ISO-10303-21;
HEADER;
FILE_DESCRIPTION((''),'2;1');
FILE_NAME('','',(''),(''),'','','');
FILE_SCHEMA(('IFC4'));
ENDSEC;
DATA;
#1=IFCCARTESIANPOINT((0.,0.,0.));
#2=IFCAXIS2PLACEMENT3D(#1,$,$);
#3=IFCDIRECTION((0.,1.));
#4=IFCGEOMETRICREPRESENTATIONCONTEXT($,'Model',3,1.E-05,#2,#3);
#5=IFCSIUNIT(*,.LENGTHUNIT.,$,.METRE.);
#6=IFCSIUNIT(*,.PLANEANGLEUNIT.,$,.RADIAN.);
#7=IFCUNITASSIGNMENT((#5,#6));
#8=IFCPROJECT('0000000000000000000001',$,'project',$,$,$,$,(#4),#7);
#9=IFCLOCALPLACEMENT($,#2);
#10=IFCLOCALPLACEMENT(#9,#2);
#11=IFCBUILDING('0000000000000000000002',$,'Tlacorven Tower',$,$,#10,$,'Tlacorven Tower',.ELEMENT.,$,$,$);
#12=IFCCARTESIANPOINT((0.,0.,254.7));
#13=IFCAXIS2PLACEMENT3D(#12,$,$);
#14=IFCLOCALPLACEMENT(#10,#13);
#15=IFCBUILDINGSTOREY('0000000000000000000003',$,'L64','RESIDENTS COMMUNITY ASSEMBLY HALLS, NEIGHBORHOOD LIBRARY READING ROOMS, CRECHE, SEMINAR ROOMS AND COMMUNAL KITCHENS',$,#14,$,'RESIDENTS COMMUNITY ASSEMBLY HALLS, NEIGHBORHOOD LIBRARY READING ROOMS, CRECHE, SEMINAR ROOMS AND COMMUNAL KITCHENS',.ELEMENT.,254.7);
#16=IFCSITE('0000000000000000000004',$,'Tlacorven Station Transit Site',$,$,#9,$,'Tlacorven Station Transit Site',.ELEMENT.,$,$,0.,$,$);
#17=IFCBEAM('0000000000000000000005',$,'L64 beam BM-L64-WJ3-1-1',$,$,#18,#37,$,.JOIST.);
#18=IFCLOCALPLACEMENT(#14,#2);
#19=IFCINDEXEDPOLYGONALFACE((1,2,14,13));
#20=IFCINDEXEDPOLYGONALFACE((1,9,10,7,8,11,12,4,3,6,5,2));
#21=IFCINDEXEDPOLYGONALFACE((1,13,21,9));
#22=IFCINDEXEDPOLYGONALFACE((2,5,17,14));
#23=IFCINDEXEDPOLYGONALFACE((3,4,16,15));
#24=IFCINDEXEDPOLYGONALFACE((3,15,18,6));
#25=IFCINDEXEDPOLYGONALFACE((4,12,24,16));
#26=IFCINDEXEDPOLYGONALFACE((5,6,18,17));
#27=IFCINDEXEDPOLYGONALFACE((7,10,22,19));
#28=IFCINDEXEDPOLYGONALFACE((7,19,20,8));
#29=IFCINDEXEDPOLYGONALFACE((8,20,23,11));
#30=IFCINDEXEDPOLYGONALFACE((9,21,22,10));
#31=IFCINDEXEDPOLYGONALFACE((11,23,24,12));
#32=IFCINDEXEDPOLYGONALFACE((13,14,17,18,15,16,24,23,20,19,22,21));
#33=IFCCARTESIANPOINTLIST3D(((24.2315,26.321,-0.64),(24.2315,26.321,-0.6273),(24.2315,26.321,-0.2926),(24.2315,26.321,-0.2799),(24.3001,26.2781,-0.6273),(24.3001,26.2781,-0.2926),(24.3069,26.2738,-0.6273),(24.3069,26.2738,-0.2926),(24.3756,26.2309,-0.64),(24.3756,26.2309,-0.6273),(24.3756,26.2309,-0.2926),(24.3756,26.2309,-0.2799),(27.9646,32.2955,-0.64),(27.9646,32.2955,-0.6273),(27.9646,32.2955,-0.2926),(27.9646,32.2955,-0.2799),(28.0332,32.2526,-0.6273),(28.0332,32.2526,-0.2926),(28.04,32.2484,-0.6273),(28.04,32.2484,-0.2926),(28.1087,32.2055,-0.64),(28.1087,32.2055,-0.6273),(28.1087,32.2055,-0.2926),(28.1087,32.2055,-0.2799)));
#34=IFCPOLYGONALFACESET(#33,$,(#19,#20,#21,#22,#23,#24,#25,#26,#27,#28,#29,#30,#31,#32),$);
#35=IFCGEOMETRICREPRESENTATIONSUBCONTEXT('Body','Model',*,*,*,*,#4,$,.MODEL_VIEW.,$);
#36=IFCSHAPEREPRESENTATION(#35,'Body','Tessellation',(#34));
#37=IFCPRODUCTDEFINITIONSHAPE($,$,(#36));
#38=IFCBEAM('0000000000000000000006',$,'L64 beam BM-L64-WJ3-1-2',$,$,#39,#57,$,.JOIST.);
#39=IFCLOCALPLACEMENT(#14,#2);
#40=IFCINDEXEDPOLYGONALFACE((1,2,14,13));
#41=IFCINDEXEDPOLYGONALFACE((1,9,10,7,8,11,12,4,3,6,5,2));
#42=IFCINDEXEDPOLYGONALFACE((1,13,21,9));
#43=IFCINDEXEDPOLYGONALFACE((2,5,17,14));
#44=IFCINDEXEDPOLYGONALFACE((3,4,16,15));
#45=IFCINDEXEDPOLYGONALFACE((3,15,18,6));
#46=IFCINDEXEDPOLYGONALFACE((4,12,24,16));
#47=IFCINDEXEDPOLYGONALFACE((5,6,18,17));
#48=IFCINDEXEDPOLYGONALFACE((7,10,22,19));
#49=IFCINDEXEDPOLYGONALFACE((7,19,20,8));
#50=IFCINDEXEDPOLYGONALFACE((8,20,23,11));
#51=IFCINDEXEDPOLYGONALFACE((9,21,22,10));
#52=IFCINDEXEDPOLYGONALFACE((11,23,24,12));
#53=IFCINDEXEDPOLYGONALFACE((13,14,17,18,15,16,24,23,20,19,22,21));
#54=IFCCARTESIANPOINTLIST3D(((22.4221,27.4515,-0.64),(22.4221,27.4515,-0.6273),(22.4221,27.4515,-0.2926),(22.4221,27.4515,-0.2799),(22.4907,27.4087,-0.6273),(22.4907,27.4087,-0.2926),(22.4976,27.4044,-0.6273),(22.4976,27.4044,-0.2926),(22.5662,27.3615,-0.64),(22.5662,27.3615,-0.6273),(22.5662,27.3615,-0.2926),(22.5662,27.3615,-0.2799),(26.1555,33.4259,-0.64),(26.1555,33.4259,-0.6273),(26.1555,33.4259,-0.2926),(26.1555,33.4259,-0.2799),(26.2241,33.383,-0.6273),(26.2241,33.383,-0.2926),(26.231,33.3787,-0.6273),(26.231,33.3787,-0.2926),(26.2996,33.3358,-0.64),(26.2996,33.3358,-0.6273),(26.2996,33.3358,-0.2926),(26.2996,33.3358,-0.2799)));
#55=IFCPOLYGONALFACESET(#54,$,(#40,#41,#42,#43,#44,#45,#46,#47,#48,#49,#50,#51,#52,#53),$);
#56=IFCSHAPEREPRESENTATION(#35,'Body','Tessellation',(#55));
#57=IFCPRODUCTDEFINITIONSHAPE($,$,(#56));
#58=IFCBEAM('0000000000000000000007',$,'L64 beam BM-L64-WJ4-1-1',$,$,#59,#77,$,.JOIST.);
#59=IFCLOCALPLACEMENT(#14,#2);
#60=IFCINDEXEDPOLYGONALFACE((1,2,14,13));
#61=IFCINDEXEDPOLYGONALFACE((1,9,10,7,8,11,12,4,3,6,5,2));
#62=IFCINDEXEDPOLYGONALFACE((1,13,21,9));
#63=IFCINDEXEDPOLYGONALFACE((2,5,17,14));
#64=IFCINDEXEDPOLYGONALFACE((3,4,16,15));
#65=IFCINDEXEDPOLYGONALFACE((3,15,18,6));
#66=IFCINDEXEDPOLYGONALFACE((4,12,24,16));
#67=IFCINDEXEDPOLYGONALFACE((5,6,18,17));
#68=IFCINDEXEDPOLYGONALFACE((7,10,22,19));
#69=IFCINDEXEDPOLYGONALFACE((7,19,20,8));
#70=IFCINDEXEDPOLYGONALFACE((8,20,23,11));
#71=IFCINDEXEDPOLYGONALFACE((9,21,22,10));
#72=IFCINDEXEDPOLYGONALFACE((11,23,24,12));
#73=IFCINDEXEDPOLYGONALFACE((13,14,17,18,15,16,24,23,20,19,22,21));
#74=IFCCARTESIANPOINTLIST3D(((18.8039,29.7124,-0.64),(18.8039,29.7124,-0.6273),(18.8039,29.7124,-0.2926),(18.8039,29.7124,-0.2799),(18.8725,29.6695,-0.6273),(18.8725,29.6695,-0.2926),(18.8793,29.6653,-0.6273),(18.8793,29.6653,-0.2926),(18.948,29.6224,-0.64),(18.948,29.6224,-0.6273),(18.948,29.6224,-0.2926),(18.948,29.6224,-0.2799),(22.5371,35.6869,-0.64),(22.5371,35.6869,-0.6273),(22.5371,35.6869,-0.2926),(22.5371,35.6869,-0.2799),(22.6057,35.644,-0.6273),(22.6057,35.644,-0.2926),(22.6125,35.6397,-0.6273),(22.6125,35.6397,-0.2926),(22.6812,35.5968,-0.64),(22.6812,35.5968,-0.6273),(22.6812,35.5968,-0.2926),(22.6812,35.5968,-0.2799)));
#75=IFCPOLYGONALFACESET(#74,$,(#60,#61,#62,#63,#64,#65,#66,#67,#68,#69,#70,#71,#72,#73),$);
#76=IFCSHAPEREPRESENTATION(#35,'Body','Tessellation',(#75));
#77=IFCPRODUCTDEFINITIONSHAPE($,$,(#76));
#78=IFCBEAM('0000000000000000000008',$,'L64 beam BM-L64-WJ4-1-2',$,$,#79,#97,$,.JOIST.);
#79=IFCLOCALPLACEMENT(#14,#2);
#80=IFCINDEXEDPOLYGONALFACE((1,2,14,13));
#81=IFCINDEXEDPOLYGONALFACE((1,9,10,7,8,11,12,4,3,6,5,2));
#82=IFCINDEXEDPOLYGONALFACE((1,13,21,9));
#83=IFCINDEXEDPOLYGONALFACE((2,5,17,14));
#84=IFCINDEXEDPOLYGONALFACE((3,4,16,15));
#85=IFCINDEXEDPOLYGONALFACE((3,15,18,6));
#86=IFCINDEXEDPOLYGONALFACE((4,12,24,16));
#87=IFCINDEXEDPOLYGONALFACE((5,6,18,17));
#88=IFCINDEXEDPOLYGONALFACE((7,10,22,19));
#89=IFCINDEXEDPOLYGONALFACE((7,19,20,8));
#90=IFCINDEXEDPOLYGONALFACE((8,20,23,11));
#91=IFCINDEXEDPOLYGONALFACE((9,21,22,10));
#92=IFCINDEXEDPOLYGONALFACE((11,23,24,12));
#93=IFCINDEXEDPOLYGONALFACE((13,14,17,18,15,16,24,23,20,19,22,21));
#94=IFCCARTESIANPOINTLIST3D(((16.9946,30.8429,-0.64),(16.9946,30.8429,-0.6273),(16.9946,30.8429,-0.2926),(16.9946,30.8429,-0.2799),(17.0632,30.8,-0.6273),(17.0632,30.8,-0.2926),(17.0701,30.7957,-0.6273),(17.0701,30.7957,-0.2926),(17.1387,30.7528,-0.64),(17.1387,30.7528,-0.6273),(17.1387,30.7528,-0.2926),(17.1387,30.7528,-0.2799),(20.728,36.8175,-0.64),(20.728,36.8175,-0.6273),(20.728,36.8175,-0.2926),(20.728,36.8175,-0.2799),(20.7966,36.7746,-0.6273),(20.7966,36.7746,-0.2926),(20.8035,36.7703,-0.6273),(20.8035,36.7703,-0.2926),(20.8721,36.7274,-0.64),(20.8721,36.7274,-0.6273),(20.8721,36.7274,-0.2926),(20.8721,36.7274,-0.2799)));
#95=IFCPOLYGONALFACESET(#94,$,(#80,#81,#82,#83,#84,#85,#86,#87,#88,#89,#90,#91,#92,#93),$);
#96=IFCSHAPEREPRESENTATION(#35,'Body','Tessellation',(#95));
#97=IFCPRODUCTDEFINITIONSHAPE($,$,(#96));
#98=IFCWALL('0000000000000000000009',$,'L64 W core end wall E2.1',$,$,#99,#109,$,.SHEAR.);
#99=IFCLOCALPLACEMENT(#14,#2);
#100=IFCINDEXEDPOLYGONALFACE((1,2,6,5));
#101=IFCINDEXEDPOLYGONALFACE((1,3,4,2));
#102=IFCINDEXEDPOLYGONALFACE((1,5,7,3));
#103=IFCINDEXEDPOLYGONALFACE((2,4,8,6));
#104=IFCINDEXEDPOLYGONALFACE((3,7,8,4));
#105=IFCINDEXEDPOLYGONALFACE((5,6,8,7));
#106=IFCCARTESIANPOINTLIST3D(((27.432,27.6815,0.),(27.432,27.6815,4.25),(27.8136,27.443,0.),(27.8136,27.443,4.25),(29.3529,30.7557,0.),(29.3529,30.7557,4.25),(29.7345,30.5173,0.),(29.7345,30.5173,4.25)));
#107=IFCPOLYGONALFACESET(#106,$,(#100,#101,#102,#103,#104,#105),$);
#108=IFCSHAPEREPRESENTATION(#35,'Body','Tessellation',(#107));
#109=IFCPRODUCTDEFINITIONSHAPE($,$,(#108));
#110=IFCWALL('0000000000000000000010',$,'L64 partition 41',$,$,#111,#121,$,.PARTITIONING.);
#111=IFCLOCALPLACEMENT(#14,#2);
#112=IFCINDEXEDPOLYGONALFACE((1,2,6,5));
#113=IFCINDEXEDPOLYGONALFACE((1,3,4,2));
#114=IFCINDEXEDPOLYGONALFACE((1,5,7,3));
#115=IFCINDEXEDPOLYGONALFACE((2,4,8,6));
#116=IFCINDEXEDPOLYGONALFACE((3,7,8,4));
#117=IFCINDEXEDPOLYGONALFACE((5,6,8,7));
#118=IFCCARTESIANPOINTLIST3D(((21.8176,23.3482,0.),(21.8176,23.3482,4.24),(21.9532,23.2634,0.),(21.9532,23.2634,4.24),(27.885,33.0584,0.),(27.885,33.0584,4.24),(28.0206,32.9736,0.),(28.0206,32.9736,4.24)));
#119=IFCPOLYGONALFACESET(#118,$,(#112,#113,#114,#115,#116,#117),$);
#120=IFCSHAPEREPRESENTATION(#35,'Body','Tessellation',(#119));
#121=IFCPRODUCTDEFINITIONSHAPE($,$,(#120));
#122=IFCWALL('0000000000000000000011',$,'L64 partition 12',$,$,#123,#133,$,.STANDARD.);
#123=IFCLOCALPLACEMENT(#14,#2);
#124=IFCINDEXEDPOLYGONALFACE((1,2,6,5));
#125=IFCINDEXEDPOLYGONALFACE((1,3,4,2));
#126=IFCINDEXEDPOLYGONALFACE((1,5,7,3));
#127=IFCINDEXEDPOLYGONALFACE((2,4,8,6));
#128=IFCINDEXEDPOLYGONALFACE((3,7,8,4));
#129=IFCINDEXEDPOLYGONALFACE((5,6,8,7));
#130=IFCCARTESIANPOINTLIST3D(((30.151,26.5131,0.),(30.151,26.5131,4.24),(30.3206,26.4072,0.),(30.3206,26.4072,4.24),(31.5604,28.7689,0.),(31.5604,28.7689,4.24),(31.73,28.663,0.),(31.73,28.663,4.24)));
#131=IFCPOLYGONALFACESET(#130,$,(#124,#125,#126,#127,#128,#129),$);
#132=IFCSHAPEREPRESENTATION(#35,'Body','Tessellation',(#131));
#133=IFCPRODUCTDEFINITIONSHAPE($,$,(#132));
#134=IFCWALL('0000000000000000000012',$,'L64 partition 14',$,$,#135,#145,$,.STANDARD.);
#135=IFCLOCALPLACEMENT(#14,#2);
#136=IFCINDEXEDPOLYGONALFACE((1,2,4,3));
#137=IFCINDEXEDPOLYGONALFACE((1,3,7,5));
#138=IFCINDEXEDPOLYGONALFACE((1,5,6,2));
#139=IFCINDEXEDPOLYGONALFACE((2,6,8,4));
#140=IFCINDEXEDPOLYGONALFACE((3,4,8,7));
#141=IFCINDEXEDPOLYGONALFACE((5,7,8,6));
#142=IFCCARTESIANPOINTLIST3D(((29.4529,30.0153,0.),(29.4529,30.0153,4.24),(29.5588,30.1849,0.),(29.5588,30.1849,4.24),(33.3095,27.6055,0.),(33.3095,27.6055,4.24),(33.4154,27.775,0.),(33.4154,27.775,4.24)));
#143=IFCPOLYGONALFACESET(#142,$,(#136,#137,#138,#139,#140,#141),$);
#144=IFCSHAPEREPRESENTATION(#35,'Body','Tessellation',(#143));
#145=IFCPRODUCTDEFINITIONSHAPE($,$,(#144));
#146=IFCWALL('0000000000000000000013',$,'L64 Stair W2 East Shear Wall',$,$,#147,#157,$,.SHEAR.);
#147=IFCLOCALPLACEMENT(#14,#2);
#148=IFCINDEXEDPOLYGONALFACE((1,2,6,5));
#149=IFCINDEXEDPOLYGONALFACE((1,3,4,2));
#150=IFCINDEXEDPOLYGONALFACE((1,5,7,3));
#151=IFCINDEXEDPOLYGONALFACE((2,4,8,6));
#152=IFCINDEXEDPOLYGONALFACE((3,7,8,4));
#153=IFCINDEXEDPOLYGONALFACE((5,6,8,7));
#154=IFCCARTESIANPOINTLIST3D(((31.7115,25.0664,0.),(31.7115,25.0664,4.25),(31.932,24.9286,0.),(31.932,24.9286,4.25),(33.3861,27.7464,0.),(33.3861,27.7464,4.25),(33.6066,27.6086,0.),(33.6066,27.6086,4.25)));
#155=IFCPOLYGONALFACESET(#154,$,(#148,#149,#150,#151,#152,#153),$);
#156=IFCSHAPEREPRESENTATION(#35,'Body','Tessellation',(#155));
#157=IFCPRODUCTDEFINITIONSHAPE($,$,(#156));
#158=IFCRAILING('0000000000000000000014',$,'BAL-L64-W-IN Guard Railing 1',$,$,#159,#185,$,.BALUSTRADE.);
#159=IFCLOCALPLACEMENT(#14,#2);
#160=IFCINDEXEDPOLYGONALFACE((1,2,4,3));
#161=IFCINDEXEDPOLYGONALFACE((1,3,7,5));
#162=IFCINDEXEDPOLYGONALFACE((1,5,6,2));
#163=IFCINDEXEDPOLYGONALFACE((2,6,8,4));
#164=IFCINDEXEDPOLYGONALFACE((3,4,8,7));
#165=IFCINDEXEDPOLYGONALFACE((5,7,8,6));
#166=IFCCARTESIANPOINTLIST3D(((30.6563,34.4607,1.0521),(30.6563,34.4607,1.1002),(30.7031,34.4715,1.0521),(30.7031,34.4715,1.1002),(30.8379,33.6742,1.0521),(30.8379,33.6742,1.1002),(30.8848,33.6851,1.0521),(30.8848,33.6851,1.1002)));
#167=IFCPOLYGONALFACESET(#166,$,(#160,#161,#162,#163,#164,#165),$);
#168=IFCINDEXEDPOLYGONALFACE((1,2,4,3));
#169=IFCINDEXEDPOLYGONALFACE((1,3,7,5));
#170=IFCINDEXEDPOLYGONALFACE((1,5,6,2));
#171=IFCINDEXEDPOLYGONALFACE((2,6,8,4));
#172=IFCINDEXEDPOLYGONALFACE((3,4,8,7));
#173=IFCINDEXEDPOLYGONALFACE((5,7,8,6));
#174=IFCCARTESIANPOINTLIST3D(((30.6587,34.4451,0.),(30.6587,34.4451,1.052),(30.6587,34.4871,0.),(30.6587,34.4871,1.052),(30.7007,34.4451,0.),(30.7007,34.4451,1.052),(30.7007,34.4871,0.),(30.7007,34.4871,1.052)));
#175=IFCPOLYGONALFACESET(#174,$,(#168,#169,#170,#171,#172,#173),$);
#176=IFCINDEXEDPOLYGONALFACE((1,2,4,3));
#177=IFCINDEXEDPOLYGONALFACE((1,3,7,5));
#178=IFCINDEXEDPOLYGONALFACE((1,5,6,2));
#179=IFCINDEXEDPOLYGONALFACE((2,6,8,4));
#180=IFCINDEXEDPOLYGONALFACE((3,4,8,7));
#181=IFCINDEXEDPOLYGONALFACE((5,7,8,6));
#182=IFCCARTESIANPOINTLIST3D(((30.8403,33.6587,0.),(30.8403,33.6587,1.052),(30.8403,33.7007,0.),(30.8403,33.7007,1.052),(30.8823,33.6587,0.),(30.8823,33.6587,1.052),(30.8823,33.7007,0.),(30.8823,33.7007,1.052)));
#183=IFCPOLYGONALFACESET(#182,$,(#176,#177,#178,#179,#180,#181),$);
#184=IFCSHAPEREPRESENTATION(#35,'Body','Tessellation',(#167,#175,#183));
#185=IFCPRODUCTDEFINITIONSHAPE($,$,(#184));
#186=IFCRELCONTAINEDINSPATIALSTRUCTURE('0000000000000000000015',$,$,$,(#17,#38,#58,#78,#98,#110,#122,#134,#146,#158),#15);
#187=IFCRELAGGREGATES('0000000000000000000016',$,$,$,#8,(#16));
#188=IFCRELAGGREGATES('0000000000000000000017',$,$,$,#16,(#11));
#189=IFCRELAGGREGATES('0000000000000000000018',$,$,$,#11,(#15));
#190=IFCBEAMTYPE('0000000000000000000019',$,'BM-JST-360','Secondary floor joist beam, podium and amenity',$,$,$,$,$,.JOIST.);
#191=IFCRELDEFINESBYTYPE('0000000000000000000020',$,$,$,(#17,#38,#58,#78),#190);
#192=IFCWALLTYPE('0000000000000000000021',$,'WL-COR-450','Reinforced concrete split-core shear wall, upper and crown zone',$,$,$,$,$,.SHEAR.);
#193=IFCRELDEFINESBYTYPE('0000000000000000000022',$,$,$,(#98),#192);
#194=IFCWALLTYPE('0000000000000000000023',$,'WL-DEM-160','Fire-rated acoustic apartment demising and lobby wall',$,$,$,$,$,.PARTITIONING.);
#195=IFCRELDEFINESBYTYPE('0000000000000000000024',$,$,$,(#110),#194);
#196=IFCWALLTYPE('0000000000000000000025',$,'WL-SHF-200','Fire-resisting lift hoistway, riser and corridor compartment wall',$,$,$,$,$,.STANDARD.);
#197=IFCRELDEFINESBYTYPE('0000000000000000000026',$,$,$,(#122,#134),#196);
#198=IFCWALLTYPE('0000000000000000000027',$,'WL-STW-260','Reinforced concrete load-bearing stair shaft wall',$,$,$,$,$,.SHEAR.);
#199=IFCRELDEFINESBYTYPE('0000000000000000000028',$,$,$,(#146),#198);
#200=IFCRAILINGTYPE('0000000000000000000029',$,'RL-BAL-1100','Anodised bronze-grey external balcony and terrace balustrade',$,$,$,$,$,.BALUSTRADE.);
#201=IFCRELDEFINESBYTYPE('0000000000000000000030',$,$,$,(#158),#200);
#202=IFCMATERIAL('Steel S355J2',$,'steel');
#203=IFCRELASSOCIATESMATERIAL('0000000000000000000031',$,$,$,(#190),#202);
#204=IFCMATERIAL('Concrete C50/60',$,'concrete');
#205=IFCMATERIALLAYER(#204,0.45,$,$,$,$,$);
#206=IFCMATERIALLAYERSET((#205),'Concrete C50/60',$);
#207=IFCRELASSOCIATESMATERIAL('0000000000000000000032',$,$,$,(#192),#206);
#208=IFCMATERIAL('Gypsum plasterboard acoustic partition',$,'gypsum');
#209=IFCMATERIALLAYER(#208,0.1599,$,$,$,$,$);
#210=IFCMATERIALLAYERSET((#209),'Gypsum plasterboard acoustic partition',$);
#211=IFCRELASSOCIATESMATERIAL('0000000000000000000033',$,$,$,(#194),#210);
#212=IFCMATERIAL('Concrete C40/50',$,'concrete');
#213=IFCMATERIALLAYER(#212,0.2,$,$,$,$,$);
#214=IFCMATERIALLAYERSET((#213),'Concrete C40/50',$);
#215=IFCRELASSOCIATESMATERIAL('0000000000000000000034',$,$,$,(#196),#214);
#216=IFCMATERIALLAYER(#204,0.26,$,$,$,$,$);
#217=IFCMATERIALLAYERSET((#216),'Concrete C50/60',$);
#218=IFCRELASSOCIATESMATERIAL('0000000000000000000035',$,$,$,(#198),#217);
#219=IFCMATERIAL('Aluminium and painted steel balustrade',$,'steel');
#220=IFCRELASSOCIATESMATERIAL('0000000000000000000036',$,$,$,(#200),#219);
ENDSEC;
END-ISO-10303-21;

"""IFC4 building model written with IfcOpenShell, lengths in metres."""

from ifc_helpers import new_model, si_unit, direction, frame, frame_2d, origin, origin_2d, place, context, subcontext, project, spatial, rectangle, i_section, extrude, source, transform, mapped, material, layer, layer_set, material_profile, profile_set, type_object, element, save


model = new_model("IFC4")

# Units and contexts
model_context = context("Model", 3, precision=1e-05, world=origin(), true_north=direction((0.0, 1.0)))
body_context = subcontext(model_context, "Body", "Model", "MODEL_VIEW")
ifc_project = project(units=[si_unit("LENGTHUNIT", "METRE"), si_unit("PLANEANGLEUNIT", "RADIAN")], contexts=[model_context])

# Site, building, storey
site_placement = place(None, origin())
site = spatial("IfcSite", under=ifc_project, at=site_placement, Name="Tlacorven Station Transit Site", LongName="Tlacorven Station Transit Site", CompositionType="ELEMENT", RefElevation=0.0)
building_placement = place(site_placement, origin())
building = spatial("IfcBuilding", under=site, at=building_placement, Name="Tlacorven Tower", LongName="Tlacorven Tower", CompositionType="ELEMENT")
storey_placement = place(building_placement, frame((0.0, 0.0, 254.7)))
storey = spatial("IfcBuildingStorey", under=building, at=storey_placement, Name="L64", Description="RESIDENTS COMMUNITY ASSEMBLY HALLS, NEIGHBORHOOD LIBRARY READING ROOMS, CRECHE, SEMINAR ROOMS AND COMMUNAL KITCHENS", LongName="RESIDENTS COMMUNITY ASSEMBLY HALLS, NEIGHBORHOOD LIBRARY READING ROOMS, CRECHE, SEMINAR ROOMS AND COMMUNAL KITCHENS", CompositionType="ELEMENT", Elevation=254.7)

# Beams
ifc_material_1 = material(Name="Steel S355J2", Category="steel")
ifc_material_profile_1 = material_profile(ifc_material_1, i_section(OverallWidth=0.1699, OverallDepth=0.3601, WebThickness=0.0081, FlangeThickness=0.0127, at=origin_2d()), Name="IPE 360")
ifc_profile_set_1 = profile_set([ifc_material_profile_1], Name="Steel S355J2")
beam_type_1 = type_object("IfcBeamType", Name="BM-JST-360", Description="Secondary floor joist beam, podium and amenity", PredefinedType="JOIST", material=ifc_profile_set_1)
shared_shape_1 = source(origin(), body_context, "Body", "SweptSolid", [
    extrude(i_section(OverallWidth=0.1699, OverallDepth=0.3601, WebThickness=0.0081, FlangeThickness=0.0127, at=origin_2d()), origin(), (0.0, 0.0, 1.0), 7.0449),
])
for number, where, z_axis, x_axis, name in (
    (1, (28.0366, 32.2505, -0.46), (-0.529899, -0.848061, 0.0), (0.848061, -0.529899, 0.0), "L64 beam BM-L64-WJ3-1-1"),
    (2, (26.2275, 33.3809, -0.46), (-0.52994, -0.848035, 0.0), (0.848035, -0.52994, 0.0), "L64 beam BM-L64-WJ3-1-2"),
    (3, (22.6091, 35.6418, -0.46), (-0.529915, -0.848051, 0.0), (0.848051, -0.529915, 0.0), "L64 beam BM-L64-WJ4-1-1"),
):
    element("IfcBeam", number, at=place(storey_placement, frame(where, z_axis=z_axis, x_axis=x_axis)), inside=storey, type_object=beam_type_1, Name=name, PredefinedType="JOIST", context=body_context, shape_type="MappedRepresentation", body=[
        mapped(shared_shape_1, transform((0.0, 0.0, 0.0), scale=1.0)),
    ])
shared_shape_2 = source(origin(), body_context, "Body", "SweptSolid", [
    extrude(i_section(OverallWidth=0.1699, OverallDepth=0.3601, WebThickness=0.0081, FlangeThickness=0.0127, at=origin_2d()), origin(), (0.0, 0.0, 1.0), 7.0452),
])
beam_1_placement = place(storey_placement, frame((20.8, 36.7725, -0.46), z_axis=(-0.529924, -0.848045, 0.0), x_axis=(0.848045, -0.529924, 0.0)))
element("IfcBeam", 4, at=beam_1_placement, inside=storey, type_object=beam_type_1, Name="L64 beam BM-L64-WJ4-1-2", PredefinedType="JOIST", context=body_context, shape_type="MappedRepresentation", body=[
    mapped(shared_shape_2, transform((0.0, 0.0, 0.0), scale=1.0)),
])

# Walls
ifc_material_2 = material(Name="Concrete C50/60", Category="concrete")
ifc_layer_1 = layer(ifc_material_2, 0.45)
ifc_layer_set_1 = layer_set([ifc_layer_1], Name="Concrete C50/60")
wall_type_1 = type_object("IfcWallType", Name="WL-COR-450", Description="Reinforced concrete split-core shear wall, upper and crown zone", PredefinedType="SHEAR", material=ifc_layer_set_1)
wall_1_placement = place(storey_placement, frame((29.5437, 30.6365, 0.0), z_axis=(0.0, 0.0, 1.0), x_axis=(-0.529902, -0.848059, 0.0)))
element("IfcWall", 5, at=wall_1_placement, inside=storey, type_object=wall_type_1, Name="L64 W core end wall E2.1", PredefinedType="SHEAR", context=body_context, shape_type="SweptSolid", body=[
    extrude(rectangle(XDim=3.625, YDim=0.45, at=frame_2d((1.8125, 0.0))), origin(), (0.0, 0.0, 1.0), 4.25),
])
ifc_material_3 = material(Name="Gypsum plasterboard acoustic partition", Category="gypsum")
ifc_layer_2 = layer(ifc_material_3, 0.1599)
ifc_layer_set_2 = layer_set([ifc_layer_2], Name="Gypsum plasterboard acoustic partition")
wall_type_2 = type_object("IfcWallType", Name="WL-DEM-160", Description="Fire-rated acoustic apartment demising and lobby wall", PredefinedType="PARTITIONING", material=ifc_layer_set_2)
wall_2_placement = place(storey_placement, frame((27.9529, 33.0161, 0.0), z_axis=(0.0, 0.0, 1.0), x_axis=(-0.529905, -0.848057, 0.0)))
element("IfcWall", 6, at=wall_2_placement, inside=storey, type_object=wall_type_2, Name="L64 partition 41", PredefinedType="PARTITIONING", context=body_context, shape_type="SweptSolid", body=[
    extrude(rectangle(XDim=11.45, YDim=0.1599, at=frame_2d((5.7251, 0.0))), origin(), (0.0, 0.0, 1.0), 4.24),
])
ifc_material_4 = material(Name="Concrete C40/50", Category="concrete")
ifc_layer_3 = layer(ifc_material_4, 0.2)
ifc_layer_set_3 = layer_set([ifc_layer_3], Name="Concrete C40/50")
wall_type_3 = type_object("IfcWallType", Name="WL-SHF-200", Description="Fire-resisting lift hoistway, riser and corridor compartment wall", PredefinedType="STANDARD", material=ifc_layer_set_3)
wall_3_placement = place(storey_placement, frame((31.6453, 28.7161, 0.0), z_axis=(0.0, 0.0, 1.0), x_axis=(-0.529867, -0.848081, 0.0)))
element("IfcWall", 7, at=wall_3_placement, inside=storey, type_object=wall_type_3, Name="L64 partition 12", PredefinedType="STANDARD", context=body_context, shape_type="SweptSolid", body=[
    extrude(rectangle(XDim=2.6599, YDim=0.2, at=frame_2d((1.3301, 0.0))), origin(), (0.0, 0.0, 1.0), 4.24),
])
wall_4_placement = place(storey_placement, frame((33.3625, 27.6902, 0.0), z_axis=(0.0, 0.0, 1.0), x_axis=(-0.84805, 0.529917, 0.0)))
element("IfcWall", 8, at=wall_4_placement, inside=storey, type_object=wall_type_3, Name="L64 partition 14", PredefinedType="STANDARD", context=body_context, shape_type="SweptSolid", body=[
    extrude(rectangle(XDim=4.5476, YDim=0.2, at=frame_2d((2.2739, 0.0))), origin(), (0.0, 0.0, 1.0), 4.24),
])

# Wall
ifc_layer_4 = layer(ifc_material_2, 0.26)
ifc_layer_set_4 = layer_set([ifc_layer_4], Name="Concrete C50/60")
wall_type_4 = type_object("IfcWallType", Name="WL-STW-260", Description="Reinforced concrete load-bearing stair shaft wall", PredefinedType="SHEAR", material=ifc_layer_set_4)
wall_5_placement = place(storey_placement, frame((33.4963, 27.6775, 0.0), z_axis=(0.0, 0.0, 1.0), x_axis=(-0.529909, -0.848055, 0.0)))
element("IfcWall", 9, at=wall_5_placement, inside=storey, type_object=wall_type_4, Name="L64 Stair W2 East Shear Wall", PredefinedType="SHEAR", context=body_context, shape_type="SweptSolid", body=[
    extrude(rectangle(XDim=3.1602, YDim=0.26, at=frame_2d((1.5801, 0.0))), origin(), (0.0, 0.0, 1.0), 4.25),
])

# Railing
ifc_material_5 = material(Name="Aluminium and painted steel balustrade", Category="steel")
railing_type = type_object("IfcRailingType", Name="RL-BAL-1100", Description="Anodised bronze-grey external balcony and terrace balustrade", PredefinedType="BALUSTRADE", material=ifc_material_5)
shared_shape_3 = source(origin(), body_context, "Body", "SweptSolid", [
    extrude(rectangle(XDim=0.0481, YDim=0.0481, at=origin_2d()), frame((0.0, 0.0, 1.0762), z_axis=(0.225058, -0.974345, 0.0), x_axis=(0.974345, 0.225058, 0.0)), (0.0, 0.0, 1.0), 0.8071),
    extrude(rectangle(XDim=0.042, YDim=0.042, at=origin_2d()), origin(), (0.0, 0.0, 1.0), 1.052),
    extrude(rectangle(XDim=0.042, YDim=0.042, at=origin_2d()), frame((0.1816, -0.7864, 0.0)), (0.0, 0.0, 1.0), 1.052),
])
railing_1_placement = place(storey_placement, frame((30.6797, 34.4661, 0.0)))
element("IfcRailing", 10, at=railing_1_placement, inside=storey, type_object=railing_type, Name="BAL-L64-W-IN Guard Railing 1", PredefinedType="BALUSTRADE", context=body_context, shape_type="MappedRepresentation", body=[
    mapped(shared_shape_3, transform((0.0, 0.0, 0.0), scale=1.0)),
])

save(model, "model.ifc")
